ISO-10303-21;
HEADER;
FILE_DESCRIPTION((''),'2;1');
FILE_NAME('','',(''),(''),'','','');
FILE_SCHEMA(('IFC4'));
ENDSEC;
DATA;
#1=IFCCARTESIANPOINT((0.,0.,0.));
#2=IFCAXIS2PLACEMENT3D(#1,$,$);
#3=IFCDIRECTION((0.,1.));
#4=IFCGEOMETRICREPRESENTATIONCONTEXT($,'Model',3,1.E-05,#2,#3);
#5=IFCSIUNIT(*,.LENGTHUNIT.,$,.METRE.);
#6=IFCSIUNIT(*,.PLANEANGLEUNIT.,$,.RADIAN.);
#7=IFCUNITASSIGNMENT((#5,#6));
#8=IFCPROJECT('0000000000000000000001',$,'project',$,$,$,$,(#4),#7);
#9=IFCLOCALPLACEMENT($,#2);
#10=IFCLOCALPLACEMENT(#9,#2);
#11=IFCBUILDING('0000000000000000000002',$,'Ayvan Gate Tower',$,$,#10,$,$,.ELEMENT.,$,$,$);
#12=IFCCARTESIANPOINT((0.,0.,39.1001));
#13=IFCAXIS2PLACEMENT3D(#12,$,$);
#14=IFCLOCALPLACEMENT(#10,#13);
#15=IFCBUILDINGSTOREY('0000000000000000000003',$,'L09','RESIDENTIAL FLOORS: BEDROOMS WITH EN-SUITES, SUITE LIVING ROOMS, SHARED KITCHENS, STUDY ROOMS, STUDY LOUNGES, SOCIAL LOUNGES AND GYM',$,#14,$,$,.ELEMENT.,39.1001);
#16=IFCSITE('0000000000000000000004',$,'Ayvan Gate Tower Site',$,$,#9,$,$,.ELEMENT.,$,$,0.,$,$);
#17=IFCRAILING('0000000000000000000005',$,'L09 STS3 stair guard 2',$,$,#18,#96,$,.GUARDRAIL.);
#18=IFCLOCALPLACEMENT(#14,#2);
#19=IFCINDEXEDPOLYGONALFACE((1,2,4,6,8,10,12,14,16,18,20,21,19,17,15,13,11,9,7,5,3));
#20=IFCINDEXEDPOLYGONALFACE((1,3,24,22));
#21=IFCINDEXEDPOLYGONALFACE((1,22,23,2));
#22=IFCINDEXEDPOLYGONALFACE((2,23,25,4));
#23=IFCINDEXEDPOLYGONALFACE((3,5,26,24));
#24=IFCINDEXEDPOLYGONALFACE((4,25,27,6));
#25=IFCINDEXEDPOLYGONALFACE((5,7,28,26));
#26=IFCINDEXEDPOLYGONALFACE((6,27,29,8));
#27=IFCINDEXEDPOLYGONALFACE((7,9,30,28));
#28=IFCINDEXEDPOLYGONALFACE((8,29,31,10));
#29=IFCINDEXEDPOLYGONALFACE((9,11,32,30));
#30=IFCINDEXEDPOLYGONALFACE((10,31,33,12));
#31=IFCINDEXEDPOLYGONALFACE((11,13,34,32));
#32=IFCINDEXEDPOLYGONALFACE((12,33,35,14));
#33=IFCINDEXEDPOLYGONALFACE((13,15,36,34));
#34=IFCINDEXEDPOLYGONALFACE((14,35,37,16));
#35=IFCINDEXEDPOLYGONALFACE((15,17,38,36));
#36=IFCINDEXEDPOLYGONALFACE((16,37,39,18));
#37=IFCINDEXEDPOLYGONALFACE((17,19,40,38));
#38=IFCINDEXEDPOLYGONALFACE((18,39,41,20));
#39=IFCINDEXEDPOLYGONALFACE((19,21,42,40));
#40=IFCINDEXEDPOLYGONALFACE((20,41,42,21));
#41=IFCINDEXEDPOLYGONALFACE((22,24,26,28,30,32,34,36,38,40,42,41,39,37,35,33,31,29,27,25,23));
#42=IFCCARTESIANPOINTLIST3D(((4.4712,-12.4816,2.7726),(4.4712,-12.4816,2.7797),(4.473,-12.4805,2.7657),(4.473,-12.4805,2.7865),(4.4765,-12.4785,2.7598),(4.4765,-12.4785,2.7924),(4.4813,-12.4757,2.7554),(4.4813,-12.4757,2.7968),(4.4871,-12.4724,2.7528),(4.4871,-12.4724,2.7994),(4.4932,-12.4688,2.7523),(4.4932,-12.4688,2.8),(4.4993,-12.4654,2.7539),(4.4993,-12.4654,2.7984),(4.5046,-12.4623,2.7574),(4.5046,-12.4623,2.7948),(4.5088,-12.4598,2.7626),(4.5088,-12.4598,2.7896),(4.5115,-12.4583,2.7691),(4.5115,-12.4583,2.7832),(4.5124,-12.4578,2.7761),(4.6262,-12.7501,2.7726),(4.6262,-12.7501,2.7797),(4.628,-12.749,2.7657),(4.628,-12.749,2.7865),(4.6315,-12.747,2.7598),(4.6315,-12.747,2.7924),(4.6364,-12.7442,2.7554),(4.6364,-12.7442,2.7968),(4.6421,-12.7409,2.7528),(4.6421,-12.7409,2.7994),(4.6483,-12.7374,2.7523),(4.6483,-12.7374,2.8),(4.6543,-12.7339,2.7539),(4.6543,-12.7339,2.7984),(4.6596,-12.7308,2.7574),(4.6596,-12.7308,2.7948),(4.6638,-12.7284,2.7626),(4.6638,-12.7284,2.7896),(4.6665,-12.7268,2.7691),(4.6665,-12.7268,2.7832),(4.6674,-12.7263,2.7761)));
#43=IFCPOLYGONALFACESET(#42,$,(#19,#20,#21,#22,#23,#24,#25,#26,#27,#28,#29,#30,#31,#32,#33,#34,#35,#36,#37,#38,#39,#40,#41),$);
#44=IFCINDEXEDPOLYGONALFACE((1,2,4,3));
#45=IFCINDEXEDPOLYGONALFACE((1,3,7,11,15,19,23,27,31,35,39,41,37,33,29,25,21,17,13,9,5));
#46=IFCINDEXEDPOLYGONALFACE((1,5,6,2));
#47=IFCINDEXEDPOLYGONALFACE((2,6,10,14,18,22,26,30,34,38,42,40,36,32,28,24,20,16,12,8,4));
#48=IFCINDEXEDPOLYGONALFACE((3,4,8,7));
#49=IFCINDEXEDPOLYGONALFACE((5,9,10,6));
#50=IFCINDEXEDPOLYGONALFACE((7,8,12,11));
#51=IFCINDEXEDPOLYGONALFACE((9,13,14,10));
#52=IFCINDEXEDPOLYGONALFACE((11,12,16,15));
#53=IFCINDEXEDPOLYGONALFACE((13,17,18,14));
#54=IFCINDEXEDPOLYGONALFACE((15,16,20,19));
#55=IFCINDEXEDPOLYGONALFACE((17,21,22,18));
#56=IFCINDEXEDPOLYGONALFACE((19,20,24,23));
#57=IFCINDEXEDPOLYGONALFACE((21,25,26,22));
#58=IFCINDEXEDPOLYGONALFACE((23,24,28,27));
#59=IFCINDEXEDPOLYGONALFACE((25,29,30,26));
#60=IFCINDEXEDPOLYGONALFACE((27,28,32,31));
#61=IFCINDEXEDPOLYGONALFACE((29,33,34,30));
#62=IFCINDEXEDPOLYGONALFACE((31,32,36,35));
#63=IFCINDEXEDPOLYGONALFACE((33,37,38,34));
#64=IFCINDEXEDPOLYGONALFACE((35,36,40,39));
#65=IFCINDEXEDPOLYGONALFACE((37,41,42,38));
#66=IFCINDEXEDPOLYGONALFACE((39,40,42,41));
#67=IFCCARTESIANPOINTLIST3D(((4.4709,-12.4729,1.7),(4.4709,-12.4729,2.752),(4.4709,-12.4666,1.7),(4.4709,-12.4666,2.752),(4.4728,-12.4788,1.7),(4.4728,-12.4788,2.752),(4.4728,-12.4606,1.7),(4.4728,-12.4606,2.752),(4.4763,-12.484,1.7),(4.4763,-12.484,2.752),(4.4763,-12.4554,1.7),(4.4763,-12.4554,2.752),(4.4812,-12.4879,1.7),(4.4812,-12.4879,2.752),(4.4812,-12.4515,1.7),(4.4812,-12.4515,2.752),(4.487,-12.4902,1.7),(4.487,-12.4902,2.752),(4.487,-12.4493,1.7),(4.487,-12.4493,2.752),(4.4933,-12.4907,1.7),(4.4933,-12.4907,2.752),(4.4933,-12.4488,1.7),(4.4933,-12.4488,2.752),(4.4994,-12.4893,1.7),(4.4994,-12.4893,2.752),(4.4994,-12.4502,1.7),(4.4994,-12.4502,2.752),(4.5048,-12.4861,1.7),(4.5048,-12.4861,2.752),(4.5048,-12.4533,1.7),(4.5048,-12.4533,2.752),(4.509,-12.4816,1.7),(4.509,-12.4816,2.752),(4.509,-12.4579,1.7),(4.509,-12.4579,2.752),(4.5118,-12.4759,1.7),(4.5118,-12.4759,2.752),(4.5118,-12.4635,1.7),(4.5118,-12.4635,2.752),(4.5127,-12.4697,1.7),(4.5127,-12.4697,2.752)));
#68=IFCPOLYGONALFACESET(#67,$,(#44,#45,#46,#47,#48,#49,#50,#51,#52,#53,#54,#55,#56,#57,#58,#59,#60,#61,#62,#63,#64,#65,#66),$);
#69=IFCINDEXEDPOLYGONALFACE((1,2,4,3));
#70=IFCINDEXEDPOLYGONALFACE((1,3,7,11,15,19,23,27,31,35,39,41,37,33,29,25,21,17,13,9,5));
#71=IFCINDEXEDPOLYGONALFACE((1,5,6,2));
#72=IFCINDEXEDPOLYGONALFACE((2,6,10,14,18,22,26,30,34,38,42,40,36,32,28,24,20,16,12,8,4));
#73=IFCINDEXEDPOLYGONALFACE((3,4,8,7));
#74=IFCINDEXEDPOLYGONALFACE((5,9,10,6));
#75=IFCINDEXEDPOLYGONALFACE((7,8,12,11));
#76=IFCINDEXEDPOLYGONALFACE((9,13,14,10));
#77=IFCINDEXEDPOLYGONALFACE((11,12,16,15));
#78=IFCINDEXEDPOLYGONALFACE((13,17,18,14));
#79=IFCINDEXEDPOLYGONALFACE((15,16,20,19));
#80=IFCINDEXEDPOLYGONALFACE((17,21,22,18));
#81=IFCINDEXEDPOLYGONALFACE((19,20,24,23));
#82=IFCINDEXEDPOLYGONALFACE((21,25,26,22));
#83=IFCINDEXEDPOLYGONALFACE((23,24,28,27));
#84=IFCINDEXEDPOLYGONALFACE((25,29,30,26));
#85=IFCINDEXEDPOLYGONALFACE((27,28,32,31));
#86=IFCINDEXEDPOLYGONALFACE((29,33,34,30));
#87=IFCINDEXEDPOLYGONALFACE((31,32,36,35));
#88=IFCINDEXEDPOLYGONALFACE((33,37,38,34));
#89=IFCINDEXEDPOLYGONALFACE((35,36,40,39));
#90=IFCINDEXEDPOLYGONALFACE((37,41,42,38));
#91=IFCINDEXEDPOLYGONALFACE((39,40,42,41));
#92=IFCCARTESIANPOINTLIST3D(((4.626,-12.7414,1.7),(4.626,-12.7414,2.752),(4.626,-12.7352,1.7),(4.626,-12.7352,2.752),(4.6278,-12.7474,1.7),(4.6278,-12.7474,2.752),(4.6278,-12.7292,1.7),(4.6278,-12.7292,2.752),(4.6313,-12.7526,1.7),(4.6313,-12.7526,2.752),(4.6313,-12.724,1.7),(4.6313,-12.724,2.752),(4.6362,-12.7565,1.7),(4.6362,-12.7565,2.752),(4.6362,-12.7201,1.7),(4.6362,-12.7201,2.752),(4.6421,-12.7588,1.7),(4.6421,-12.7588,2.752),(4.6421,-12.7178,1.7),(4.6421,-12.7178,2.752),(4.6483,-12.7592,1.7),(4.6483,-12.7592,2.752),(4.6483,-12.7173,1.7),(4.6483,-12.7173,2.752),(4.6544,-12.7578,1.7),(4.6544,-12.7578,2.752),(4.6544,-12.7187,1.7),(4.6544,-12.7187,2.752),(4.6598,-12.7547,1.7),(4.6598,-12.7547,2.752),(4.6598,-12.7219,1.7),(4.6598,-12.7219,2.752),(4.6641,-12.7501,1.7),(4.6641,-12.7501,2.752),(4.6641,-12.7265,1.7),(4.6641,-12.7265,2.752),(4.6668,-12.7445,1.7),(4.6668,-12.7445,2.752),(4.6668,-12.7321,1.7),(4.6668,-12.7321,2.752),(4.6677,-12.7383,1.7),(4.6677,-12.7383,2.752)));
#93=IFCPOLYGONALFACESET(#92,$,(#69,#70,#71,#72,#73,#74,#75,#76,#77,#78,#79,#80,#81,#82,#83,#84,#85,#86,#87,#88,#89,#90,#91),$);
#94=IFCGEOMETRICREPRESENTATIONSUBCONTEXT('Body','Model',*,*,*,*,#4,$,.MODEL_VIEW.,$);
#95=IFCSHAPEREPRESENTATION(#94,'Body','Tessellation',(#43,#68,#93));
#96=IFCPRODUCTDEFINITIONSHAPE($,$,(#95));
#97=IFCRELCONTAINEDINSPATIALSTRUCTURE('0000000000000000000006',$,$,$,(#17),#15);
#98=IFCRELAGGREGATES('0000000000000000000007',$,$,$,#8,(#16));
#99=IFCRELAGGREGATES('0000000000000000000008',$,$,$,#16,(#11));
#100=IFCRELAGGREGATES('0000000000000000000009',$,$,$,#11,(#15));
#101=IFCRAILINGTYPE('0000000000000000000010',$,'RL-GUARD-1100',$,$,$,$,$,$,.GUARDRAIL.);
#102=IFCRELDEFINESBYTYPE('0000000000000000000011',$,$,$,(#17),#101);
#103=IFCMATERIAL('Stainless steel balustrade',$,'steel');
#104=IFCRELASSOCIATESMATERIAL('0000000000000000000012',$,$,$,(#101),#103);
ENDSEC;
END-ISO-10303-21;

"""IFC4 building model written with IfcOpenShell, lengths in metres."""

from ifc_helpers import new_model, si_unit, direction, frame, origin, origin_2d, place, context, subcontext, project, spatial, circle, extrude, material, type_object, element, save


model = new_model("IFC4")

# Units and contexts
model_context = context("Model", 3, precision=1e-05, world=origin(), true_north=direction((0.0, 1.0)))
body_context = subcontext(model_context, "Body", "Model", "MODEL_VIEW")
ifc_project = project(units=[si_unit("LENGTHUNIT", "METRE"), si_unit("PLANEANGLEUNIT", "RADIAN")], contexts=[model_context])

# Site, building, storey
site_placement = place(None, origin())
site = spatial("IfcSite", under=ifc_project, at=site_placement, Name="Ayvan Gate Tower Site", CompositionType="ELEMENT", RefElevation=0.0)
building_placement = place(site_placement, origin())
building = spatial("IfcBuilding", under=site, at=building_placement, Name="Ayvan Gate Tower", CompositionType="ELEMENT")
storey_placement = place(building_placement, frame((0.0, 0.0, 39.1001)))
storey = spatial("IfcBuildingStorey", under=building, at=storey_placement, Name="L09", Description="RESIDENTIAL FLOORS: BEDROOMS WITH EN-SUITES, SUITE LIVING ROOMS, SHARED KITCHENS, STUDY ROOMS, STUDY LOUNGES, SOCIAL LOUNGES AND GYM", CompositionType="ELEMENT", Elevation=39.1001)

# Railing
ifc_material_1 = material(Name="Stainless steel balustrade", Category="steel")
railing_type_1 = type_object("IfcRailingType", Name="RL-GUARD-1100", PredefinedType="GUARDRAIL", material=ifc_material_1)
railing_1_placement = place(storey_placement, frame((4.4917, -12.4697, 1.7)))
element("IfcRailing", 1, at=railing_1_placement, inside=storey, type_object=railing_type_1, Name="L09 STS3 stair guard 2", PredefinedType="GUARDRAIL", context=body_context, shape_type="SweptSolid", body=[
    extrude(circle(Radius=0.0239, at=origin_2d()), frame((0.0, 0.0, 1.0762), z_axis=(0.49995, -0.866054, 0.0), x_axis=(0.866054, 0.49995, 0.0)), (0.0, 0.0, 1.0), 0.3101),
    extrude(circle(Radius=0.021, at=origin_2d()), origin(), (0.0, 0.0, 1.0), 1.052),
    extrude(circle(Radius=0.021, at=origin_2d()), frame((0.155, -0.2686, 0.0)), (0.0, 0.0, 1.0), 1.052),
])

save(model, "model.ifc")
